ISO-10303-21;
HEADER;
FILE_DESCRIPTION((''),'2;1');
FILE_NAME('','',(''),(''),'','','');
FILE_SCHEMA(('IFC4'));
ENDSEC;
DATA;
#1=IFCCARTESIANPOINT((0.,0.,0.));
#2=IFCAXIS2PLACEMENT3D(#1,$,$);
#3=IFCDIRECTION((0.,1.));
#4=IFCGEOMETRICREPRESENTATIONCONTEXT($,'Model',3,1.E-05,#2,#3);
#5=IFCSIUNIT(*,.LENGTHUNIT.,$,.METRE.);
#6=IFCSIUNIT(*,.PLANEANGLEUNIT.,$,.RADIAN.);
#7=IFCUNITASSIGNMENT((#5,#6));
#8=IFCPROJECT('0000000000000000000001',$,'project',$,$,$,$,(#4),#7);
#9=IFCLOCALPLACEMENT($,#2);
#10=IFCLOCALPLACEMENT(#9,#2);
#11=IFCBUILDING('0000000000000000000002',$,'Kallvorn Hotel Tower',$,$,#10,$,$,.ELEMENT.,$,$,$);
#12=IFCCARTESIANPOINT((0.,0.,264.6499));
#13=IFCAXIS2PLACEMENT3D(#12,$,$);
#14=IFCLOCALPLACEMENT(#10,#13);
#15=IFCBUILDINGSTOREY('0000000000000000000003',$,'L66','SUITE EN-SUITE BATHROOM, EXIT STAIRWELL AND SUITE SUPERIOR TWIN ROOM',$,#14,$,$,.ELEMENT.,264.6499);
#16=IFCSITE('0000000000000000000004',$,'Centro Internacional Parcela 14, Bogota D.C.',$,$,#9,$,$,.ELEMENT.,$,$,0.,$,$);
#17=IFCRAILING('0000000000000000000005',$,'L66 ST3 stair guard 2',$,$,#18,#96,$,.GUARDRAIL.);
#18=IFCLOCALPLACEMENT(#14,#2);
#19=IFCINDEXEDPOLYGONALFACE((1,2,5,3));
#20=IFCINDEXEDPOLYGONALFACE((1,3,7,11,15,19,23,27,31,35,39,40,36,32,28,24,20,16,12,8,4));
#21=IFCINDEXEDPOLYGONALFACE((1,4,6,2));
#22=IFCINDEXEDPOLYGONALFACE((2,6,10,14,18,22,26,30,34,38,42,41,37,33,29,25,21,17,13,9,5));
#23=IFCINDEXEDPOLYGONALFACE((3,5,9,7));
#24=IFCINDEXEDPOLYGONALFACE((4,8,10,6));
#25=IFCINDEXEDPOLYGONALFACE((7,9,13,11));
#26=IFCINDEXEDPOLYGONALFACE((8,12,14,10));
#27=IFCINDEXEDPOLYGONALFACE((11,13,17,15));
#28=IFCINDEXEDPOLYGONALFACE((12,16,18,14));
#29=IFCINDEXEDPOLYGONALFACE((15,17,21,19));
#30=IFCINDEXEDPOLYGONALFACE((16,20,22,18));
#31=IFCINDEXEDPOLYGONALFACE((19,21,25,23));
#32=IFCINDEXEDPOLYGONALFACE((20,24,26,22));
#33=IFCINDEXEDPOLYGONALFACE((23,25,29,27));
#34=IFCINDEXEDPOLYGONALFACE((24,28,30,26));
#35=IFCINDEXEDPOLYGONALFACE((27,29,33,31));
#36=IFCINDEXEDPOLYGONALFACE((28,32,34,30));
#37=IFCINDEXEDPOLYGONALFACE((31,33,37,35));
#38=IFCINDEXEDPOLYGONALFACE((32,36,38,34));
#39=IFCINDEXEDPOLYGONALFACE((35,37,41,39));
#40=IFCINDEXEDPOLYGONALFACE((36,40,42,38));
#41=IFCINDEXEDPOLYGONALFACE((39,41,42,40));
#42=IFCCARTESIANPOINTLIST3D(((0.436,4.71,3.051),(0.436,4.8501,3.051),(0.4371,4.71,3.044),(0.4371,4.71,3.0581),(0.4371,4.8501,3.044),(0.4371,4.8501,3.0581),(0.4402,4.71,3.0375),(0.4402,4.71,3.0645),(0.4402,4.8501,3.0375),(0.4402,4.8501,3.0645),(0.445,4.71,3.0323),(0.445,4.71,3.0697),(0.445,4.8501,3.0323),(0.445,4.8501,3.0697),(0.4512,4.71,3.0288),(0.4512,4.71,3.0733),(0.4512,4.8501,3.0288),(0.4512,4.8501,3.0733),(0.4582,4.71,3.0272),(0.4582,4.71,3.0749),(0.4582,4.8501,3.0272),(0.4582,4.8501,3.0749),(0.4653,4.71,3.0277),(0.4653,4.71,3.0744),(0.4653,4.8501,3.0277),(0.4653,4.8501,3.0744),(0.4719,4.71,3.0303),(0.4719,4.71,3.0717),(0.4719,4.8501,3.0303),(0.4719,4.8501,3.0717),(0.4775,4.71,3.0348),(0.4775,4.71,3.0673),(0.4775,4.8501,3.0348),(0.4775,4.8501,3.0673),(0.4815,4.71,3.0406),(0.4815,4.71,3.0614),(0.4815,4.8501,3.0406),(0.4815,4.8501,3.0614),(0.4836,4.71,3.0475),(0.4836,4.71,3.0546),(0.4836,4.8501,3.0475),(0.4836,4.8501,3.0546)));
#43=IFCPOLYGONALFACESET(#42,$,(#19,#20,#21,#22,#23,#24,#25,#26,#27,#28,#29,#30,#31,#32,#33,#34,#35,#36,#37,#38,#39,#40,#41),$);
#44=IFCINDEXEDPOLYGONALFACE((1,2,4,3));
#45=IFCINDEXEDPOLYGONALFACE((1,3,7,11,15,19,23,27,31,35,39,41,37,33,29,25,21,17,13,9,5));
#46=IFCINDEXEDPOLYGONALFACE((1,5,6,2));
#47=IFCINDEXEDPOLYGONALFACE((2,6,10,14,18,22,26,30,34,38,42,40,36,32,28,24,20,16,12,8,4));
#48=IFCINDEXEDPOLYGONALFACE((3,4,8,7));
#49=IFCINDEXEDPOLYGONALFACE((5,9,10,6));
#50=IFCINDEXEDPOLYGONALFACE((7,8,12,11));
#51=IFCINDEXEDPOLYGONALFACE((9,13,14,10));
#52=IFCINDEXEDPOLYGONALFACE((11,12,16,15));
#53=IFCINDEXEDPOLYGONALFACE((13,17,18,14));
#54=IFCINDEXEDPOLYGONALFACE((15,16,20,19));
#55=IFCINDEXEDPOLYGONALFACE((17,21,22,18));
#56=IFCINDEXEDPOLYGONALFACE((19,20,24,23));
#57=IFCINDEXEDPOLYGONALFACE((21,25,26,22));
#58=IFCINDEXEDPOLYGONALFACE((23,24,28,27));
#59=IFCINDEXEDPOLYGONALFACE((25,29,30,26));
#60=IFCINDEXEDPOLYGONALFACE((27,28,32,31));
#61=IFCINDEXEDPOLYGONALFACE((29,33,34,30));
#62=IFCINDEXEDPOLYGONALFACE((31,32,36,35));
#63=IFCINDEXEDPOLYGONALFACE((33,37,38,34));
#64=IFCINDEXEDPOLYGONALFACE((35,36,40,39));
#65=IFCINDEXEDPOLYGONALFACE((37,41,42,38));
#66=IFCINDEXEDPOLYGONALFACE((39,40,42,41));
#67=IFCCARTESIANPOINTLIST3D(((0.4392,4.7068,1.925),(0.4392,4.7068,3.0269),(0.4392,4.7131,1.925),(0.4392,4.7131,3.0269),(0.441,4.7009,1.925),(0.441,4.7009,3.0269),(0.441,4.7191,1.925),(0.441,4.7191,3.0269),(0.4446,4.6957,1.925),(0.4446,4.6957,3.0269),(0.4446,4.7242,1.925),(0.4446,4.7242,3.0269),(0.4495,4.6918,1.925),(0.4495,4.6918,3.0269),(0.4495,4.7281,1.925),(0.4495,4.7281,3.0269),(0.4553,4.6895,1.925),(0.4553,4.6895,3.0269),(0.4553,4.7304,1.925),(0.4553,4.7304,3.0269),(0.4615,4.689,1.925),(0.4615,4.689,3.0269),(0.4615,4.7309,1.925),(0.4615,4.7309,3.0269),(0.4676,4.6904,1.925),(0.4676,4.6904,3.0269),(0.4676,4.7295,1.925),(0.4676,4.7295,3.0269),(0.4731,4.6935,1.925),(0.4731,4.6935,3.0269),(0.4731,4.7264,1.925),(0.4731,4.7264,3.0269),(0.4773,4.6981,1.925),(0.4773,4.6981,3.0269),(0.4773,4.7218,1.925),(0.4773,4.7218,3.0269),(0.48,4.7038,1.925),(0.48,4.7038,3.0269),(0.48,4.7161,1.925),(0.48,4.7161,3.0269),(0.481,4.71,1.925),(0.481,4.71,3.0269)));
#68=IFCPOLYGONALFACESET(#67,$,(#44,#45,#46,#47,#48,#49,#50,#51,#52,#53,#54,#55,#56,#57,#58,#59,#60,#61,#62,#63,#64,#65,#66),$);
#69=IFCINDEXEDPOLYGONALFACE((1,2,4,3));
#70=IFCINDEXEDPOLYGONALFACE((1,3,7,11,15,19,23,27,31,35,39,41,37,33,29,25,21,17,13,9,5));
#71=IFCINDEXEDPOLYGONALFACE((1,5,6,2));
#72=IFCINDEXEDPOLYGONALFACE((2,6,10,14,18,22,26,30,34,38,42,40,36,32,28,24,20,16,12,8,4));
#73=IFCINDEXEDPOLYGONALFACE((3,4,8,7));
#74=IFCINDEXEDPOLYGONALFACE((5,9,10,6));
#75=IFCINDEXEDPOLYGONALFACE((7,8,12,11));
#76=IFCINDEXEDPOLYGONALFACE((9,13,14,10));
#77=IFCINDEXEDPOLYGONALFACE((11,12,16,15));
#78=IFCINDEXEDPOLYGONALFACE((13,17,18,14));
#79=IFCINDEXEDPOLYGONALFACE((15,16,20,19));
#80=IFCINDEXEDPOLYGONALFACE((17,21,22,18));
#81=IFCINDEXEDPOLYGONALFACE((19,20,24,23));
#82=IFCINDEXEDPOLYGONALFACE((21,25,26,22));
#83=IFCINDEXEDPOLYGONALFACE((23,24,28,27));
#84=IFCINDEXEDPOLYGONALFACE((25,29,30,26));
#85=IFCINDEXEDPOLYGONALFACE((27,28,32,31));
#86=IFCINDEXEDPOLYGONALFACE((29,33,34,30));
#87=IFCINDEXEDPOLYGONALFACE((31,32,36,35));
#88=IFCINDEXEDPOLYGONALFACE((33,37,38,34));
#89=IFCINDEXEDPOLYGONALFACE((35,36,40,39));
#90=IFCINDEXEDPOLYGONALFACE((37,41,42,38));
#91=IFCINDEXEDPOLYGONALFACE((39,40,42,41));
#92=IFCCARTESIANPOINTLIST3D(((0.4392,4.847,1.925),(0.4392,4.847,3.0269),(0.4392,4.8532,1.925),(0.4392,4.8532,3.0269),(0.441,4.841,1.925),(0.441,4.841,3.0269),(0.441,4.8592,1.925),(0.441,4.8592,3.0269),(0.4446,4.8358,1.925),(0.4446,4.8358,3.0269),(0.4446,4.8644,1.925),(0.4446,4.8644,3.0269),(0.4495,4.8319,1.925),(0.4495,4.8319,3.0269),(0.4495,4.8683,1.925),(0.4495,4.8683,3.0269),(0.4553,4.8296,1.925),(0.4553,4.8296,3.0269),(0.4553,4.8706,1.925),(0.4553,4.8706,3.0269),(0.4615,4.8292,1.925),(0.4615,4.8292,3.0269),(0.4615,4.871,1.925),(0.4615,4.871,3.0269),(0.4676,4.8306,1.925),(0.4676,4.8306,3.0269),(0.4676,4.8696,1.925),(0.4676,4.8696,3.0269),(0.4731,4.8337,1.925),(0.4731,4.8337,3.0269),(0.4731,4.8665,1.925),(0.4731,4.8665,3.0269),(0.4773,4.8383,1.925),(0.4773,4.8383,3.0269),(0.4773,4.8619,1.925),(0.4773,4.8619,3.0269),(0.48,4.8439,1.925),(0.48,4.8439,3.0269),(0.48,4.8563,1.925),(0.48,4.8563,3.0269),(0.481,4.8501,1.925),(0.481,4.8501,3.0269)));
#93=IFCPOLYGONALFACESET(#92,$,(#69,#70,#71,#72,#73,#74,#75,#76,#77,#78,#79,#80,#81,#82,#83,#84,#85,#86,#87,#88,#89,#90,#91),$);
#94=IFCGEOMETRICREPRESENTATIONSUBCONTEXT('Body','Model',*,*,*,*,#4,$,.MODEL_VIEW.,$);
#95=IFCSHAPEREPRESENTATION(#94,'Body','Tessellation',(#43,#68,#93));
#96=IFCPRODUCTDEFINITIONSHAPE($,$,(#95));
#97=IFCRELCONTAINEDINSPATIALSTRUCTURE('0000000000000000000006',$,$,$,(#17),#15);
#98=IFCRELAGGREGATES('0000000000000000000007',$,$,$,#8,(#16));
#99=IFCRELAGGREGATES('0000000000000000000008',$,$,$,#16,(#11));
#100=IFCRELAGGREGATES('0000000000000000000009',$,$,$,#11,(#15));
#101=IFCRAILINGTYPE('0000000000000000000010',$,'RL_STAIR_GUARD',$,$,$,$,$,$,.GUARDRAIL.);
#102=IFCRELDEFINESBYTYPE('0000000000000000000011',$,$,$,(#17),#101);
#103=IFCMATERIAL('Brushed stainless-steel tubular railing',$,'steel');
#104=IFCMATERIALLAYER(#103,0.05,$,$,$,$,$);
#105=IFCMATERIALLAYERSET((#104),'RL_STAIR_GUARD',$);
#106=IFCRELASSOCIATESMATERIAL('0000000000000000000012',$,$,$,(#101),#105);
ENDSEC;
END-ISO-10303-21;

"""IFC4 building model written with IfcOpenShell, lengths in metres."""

from ifc_helpers import new_model, si_unit, direction, frame, origin, origin_2d, place, context, subcontext, project, spatial, circle, extrude, material, layer, layer_set, type_object, element, save


model = new_model("IFC4")

# Units and contexts
model_context = context("Model", 3, precision=1e-05, world=origin(), true_north=direction((0.0, 1.0)))
body_context = subcontext(model_context, "Body", "Model", "MODEL_VIEW")
ifc_project = project(units=[si_unit("LENGTHUNIT", "METRE"), si_unit("PLANEANGLEUNIT", "RADIAN")], contexts=[model_context])

# Site, building, storey
site_placement = place(None, origin())
site = spatial("IfcSite", under=ifc_project, at=site_placement, Name="Centro Internacional Parcela 14, Bogota D.C.", CompositionType="ELEMENT", RefElevation=0.0)
building_placement = place(site_placement, origin())
building = spatial("IfcBuilding", under=site, at=building_placement, Name="Kallvorn Hotel Tower", CompositionType="ELEMENT")
storey_placement = place(building_placement, frame((0.0, 0.0, 264.6499)))
storey = spatial("IfcBuildingStorey", under=building, at=storey_placement, Name="L66", Description="SUITE EN-SUITE BATHROOM, EXIT STAIRWELL AND SUITE SUPERIOR TWIN ROOM", CompositionType="ELEMENT", Elevation=264.6499)

# Railing
ifc_material_1 = material(Name="Brushed stainless-steel tubular railing", Category="steel")
ifc_layer_1 = layer(ifc_material_1, 0.05)
ifc_layer_set_1 = layer_set([ifc_layer_1], Name="RL_STAIR_GUARD")
railing_type_1 = type_object("IfcRailingType", Name="RL_STAIR_GUARD", PredefinedType="GUARDRAIL", material=ifc_layer_set_1)
railing_1_placement = place(storey_placement, frame((0.46, 4.71, 1.925)))
element("IfcRailing", 1, at=railing_1_placement, inside=storey, type_object=railing_type_1, Name="L66 ST3 stair guard 2", PredefinedType="GUARDRAIL", context=body_context, shape_type="SweptSolid", body=[
    extrude(circle(Radius=0.0239, at=origin_2d()), frame((0.0, 0.0, 1.126), z_axis=(0.0, 1.0, 0.0), x_axis=(-1.0, 0.0, 0.0)), (0.0, 0.0, 1.0), 0.1401),
    extrude(circle(Radius=0.021, at=origin_2d()), origin(), (0.0, 0.0, 1.0), 1.1018),
    extrude(circle(Radius=0.021, at=origin_2d()), frame((0.0, 0.1401, 0.0)), (0.0, 0.0, 1.0), 1.1018),
])

save(model, "model.ifc")
